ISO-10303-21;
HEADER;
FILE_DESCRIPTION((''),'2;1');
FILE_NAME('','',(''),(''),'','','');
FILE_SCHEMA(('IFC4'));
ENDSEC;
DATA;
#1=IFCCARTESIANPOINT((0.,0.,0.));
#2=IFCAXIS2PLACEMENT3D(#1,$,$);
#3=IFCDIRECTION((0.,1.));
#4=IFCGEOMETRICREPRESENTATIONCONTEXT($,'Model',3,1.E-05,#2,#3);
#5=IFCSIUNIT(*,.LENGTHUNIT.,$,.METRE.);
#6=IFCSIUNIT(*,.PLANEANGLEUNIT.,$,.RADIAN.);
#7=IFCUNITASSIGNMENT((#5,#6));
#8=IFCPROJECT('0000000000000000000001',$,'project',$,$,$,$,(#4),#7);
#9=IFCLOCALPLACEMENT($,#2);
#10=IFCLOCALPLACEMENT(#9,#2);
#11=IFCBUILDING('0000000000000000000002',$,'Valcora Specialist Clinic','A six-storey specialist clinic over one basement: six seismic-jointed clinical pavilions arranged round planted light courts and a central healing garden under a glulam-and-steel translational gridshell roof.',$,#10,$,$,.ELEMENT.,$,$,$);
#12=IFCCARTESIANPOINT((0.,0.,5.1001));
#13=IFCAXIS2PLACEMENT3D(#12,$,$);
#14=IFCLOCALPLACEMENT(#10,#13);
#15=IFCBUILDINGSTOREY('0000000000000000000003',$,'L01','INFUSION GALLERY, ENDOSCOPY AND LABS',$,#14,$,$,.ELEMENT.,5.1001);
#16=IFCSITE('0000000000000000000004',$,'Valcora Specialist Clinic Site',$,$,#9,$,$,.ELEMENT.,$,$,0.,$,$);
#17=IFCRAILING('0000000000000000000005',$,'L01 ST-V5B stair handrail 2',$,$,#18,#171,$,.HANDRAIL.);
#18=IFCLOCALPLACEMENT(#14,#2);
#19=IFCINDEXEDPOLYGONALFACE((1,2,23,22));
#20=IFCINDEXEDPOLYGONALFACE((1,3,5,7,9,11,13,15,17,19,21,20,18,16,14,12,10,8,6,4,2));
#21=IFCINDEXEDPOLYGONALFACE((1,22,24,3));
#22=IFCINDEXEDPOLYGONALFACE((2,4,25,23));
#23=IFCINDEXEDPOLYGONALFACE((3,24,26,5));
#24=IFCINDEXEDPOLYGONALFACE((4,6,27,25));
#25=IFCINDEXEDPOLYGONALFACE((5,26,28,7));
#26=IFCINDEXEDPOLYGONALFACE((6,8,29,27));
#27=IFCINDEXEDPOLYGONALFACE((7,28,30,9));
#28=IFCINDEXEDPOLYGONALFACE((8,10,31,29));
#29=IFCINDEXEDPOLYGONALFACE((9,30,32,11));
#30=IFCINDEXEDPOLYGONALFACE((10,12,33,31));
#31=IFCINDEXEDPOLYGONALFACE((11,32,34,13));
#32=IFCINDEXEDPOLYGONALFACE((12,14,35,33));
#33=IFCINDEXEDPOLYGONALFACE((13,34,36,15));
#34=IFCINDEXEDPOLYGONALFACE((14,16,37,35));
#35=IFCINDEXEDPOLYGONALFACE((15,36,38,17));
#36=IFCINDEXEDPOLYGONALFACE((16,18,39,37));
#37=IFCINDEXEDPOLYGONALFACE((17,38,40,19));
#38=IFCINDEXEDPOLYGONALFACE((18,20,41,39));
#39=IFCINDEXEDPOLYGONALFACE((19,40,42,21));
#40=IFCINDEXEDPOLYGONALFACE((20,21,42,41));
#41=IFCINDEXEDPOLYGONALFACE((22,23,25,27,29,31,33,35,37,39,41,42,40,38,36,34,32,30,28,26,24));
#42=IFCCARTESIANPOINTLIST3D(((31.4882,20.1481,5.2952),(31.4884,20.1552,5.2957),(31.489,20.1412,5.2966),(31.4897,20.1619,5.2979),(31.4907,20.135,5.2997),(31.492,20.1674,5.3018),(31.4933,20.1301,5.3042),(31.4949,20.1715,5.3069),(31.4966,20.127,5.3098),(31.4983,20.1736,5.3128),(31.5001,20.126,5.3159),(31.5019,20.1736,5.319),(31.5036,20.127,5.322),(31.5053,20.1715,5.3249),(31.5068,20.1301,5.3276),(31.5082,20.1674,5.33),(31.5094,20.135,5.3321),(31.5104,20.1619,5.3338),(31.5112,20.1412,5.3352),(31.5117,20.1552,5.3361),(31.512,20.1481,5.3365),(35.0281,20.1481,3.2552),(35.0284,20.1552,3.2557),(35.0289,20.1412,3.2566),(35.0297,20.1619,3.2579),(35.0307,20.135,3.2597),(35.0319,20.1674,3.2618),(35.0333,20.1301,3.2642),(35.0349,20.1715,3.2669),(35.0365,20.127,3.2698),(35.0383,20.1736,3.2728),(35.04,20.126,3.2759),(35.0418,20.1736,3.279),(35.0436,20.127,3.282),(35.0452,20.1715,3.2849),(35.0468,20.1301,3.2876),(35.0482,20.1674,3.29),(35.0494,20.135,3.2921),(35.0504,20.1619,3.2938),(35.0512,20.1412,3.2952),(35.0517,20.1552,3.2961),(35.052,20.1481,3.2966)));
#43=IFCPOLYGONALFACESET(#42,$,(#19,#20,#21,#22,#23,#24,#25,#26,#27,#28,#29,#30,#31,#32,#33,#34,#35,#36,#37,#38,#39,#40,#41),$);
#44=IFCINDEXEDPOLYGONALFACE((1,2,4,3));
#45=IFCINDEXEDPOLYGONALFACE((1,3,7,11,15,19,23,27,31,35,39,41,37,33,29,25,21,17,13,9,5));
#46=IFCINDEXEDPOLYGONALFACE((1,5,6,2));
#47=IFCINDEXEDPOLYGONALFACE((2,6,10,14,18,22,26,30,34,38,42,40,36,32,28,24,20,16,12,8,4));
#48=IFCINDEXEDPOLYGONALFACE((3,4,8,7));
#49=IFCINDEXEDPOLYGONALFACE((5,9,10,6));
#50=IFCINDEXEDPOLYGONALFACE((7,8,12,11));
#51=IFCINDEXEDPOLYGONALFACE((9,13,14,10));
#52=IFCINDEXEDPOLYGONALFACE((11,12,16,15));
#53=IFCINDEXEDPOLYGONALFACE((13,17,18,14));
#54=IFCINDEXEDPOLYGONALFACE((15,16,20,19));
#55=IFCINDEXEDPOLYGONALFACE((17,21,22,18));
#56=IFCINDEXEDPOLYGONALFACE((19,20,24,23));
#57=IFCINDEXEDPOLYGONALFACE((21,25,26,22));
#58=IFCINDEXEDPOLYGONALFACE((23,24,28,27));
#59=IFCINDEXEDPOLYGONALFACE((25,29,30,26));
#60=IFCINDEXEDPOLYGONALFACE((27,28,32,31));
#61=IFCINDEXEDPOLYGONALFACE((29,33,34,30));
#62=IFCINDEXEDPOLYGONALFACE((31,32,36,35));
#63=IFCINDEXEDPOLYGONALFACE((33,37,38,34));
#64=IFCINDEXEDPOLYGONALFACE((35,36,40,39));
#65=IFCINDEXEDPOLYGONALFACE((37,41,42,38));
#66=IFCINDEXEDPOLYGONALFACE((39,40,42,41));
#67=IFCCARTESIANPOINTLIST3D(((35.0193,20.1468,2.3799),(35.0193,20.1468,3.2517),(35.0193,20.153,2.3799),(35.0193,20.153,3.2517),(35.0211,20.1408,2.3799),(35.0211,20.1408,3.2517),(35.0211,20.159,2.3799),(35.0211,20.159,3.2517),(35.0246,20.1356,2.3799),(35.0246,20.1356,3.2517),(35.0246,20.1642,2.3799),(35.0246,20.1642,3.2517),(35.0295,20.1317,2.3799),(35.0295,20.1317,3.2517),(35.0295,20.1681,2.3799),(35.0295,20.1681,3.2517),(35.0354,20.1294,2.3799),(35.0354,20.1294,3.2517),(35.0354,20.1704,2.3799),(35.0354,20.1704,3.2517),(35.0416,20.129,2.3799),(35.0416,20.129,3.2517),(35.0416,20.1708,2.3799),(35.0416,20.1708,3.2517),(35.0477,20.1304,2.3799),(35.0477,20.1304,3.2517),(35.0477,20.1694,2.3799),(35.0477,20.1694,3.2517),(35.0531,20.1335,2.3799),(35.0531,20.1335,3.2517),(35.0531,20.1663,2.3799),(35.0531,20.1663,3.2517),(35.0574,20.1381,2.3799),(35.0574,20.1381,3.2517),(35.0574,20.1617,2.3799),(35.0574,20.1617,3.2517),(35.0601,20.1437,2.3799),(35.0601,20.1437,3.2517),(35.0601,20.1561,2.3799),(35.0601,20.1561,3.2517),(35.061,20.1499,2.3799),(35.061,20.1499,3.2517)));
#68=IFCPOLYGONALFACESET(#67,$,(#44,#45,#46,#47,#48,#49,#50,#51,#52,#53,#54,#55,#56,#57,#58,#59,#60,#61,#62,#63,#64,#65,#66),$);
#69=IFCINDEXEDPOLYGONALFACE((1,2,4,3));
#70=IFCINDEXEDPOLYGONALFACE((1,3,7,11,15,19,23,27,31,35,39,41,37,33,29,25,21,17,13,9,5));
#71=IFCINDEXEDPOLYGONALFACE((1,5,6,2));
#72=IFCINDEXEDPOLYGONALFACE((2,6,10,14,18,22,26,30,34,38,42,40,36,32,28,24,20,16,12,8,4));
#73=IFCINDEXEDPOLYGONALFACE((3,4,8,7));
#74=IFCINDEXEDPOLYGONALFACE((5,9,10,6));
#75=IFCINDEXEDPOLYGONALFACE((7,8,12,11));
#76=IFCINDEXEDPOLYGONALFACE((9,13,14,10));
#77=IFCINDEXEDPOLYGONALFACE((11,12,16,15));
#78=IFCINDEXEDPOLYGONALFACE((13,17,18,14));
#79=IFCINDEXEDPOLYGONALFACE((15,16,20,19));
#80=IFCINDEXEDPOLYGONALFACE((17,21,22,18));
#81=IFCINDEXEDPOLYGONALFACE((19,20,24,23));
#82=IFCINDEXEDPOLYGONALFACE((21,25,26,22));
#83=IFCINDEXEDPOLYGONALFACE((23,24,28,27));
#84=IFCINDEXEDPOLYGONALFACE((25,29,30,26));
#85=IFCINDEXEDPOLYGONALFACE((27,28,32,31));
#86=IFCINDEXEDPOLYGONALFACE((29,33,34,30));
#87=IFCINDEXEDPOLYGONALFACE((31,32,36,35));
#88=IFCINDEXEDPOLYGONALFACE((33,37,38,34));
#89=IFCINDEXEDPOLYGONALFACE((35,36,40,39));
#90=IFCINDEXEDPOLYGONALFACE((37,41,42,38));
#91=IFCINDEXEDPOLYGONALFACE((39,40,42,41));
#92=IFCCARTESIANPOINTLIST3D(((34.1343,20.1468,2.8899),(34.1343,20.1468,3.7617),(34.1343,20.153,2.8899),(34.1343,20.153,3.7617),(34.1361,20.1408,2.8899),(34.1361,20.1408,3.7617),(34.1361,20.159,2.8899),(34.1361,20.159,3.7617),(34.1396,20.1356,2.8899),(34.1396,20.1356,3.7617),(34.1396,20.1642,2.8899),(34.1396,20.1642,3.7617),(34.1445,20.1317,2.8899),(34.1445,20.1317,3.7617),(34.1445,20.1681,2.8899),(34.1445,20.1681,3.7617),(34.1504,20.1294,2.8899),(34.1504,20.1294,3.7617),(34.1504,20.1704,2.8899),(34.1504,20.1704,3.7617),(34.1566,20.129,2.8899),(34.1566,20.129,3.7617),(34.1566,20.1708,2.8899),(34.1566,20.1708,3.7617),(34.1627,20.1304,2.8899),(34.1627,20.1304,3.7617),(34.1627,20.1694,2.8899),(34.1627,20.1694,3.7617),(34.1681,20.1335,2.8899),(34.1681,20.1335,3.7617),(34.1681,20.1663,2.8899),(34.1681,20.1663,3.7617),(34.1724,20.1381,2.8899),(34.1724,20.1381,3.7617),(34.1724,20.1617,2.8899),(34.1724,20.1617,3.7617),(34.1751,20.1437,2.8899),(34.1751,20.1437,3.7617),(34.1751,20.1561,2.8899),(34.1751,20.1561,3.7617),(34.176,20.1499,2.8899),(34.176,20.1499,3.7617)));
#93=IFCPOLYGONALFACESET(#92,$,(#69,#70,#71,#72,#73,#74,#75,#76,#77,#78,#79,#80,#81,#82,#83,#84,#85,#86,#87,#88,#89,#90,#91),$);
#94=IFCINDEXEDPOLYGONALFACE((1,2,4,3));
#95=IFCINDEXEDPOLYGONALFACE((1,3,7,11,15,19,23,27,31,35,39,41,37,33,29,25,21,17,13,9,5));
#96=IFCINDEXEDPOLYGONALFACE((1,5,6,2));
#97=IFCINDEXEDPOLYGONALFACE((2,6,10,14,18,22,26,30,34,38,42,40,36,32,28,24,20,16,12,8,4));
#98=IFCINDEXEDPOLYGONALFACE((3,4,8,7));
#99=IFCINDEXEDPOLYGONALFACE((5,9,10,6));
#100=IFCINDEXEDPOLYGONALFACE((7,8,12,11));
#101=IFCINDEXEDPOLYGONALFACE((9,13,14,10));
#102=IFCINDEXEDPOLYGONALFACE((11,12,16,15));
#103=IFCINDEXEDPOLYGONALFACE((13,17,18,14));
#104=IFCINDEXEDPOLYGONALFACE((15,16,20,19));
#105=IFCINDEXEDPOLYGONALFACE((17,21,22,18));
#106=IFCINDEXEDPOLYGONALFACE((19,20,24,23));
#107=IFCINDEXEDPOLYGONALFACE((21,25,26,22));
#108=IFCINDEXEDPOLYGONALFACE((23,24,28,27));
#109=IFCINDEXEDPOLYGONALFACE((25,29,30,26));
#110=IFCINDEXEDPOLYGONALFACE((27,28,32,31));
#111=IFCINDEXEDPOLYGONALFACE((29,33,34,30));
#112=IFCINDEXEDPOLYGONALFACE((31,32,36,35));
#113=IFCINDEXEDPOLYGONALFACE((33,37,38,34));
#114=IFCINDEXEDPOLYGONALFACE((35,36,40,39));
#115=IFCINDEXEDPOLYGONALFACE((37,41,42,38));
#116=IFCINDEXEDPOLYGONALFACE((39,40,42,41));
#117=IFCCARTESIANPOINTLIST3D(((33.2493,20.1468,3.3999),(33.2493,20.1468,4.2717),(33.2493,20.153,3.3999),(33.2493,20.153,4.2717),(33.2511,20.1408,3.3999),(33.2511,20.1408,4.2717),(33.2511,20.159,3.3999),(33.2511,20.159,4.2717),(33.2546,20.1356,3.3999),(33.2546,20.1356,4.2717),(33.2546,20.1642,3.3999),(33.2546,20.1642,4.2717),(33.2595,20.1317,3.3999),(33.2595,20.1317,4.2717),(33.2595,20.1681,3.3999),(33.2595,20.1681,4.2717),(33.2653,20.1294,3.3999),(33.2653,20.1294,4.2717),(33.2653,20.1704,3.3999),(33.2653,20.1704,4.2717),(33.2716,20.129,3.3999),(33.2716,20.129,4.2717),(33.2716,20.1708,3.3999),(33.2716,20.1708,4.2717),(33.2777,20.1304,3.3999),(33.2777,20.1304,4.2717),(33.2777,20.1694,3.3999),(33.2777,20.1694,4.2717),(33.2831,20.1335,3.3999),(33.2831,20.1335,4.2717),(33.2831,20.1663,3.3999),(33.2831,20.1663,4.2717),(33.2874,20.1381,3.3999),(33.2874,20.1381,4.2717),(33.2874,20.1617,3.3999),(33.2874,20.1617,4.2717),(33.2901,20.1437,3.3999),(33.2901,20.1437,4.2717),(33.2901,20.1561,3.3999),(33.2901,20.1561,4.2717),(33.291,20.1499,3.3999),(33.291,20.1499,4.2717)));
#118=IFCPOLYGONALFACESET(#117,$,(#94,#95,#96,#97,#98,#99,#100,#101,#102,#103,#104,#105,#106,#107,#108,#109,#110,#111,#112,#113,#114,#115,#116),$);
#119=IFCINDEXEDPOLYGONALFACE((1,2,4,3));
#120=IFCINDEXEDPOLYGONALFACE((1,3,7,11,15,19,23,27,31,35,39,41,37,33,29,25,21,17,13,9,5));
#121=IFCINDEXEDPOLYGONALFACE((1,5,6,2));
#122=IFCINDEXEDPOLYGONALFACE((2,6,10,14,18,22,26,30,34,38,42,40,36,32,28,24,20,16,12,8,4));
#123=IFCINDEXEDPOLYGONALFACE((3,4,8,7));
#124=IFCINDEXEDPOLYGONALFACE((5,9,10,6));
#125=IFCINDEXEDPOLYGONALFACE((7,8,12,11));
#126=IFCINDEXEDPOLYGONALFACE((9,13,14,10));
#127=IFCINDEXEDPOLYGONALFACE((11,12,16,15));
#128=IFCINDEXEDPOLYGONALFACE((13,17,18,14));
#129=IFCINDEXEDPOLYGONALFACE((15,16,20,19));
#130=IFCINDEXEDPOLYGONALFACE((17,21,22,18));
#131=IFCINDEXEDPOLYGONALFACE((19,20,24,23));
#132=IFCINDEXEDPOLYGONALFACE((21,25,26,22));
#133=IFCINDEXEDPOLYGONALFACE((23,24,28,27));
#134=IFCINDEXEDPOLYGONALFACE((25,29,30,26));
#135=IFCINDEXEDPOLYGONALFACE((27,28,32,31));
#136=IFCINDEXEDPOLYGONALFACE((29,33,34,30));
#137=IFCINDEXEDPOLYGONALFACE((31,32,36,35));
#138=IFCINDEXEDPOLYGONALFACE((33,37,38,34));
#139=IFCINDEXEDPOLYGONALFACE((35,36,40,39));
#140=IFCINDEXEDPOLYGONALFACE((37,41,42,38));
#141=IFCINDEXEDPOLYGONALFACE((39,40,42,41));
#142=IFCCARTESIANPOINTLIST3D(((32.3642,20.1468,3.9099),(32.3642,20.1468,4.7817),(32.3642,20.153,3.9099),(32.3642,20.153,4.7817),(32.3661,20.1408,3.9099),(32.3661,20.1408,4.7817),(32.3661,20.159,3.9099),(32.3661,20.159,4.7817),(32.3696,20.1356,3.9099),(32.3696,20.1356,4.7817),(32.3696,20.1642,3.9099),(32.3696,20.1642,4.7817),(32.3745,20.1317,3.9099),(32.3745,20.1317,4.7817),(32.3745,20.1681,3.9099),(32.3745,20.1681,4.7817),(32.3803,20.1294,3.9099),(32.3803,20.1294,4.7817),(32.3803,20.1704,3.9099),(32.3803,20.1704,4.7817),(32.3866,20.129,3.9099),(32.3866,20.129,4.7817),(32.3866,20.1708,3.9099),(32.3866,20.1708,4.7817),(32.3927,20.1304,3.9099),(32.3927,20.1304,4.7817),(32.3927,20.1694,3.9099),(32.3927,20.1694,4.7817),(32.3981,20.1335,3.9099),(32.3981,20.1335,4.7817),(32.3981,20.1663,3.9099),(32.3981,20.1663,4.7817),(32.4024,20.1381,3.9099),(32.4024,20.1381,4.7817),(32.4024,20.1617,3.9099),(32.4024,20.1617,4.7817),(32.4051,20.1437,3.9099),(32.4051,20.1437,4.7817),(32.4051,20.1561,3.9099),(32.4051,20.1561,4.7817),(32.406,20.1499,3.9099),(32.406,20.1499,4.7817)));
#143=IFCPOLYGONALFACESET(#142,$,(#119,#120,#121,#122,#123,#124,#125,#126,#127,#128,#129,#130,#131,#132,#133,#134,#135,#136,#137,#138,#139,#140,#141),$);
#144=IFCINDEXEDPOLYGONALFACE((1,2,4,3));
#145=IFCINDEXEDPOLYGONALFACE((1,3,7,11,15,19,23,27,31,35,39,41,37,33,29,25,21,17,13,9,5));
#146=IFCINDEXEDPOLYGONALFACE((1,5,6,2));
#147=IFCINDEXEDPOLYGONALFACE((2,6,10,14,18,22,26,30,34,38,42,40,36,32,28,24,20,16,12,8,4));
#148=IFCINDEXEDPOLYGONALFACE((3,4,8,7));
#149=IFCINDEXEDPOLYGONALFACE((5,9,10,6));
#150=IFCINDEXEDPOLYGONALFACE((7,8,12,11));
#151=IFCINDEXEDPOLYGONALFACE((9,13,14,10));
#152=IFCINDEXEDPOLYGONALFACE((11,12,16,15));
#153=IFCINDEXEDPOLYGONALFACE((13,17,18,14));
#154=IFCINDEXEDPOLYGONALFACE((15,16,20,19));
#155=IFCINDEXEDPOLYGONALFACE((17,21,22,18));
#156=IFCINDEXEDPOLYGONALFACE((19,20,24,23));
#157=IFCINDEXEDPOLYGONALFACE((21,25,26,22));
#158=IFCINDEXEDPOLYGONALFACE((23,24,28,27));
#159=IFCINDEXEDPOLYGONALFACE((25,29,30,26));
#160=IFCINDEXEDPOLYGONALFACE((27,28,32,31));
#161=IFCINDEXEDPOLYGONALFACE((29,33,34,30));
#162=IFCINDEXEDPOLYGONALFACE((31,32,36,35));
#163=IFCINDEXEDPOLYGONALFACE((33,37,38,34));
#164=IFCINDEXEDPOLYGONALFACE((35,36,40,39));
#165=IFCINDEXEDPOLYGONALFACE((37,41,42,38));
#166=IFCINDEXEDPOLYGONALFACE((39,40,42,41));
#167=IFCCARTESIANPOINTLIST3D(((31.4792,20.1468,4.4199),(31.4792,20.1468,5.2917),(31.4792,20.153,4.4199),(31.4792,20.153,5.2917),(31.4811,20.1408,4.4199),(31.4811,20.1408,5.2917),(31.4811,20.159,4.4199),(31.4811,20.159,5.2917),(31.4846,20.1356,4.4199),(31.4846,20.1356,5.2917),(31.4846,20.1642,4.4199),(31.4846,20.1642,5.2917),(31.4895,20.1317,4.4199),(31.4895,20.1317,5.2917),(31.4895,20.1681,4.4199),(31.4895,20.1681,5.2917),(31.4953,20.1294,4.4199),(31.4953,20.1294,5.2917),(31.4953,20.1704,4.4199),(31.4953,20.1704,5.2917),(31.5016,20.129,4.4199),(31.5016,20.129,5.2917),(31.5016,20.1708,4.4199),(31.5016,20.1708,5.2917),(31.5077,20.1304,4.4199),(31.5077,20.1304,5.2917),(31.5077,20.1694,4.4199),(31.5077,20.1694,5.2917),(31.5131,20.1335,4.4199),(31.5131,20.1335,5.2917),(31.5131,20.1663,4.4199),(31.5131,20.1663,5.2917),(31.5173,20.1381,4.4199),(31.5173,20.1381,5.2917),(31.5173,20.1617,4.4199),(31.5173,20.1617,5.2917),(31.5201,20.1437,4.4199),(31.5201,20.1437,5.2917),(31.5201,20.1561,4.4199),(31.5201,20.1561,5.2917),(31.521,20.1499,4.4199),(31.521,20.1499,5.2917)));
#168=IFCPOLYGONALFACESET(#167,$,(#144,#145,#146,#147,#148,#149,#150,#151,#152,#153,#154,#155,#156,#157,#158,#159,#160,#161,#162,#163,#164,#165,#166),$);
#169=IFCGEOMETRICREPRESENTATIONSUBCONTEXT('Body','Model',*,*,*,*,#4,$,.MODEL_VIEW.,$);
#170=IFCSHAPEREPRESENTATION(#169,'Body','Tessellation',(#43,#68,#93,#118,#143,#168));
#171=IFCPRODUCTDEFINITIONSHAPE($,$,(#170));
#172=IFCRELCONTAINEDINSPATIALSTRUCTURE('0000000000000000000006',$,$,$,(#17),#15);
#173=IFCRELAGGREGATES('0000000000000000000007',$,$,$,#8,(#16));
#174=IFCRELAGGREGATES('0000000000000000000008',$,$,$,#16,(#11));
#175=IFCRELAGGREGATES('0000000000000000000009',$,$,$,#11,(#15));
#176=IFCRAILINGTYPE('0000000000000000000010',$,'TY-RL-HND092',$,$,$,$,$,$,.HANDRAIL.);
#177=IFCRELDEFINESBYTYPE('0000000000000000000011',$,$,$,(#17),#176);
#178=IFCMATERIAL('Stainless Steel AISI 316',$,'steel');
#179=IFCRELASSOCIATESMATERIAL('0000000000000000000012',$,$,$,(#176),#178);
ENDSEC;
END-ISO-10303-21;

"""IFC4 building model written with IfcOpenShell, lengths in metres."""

from ifc_helpers import new_model, si_unit, direction, frame, origin, origin_2d, place, context, subcontext, project, spatial, circle, extrude, material, type_object, element, save


model = new_model("IFC4")

# Units and contexts
model_context = context("Model", 3, precision=1e-05, world=origin(), true_north=direction((0.0, 1.0)))
body_context = subcontext(model_context, "Body", "Model", "MODEL_VIEW")
ifc_project = project(units=[si_unit("LENGTHUNIT", "METRE"), si_unit("PLANEANGLEUNIT", "RADIAN")], contexts=[model_context])

# Site, building, storey
site_placement = place(None, origin())
site = spatial("IfcSite", under=ifc_project, at=site_placement, Name="Valcora Specialist Clinic Site", CompositionType="ELEMENT", RefElevation=0.0)
building_placement = place(site_placement, origin())
building = spatial("IfcBuilding", under=site, at=building_placement, Name="Valcora Specialist Clinic", Description="A six-storey specialist clinic over one basement: six seismic-jointed clinical pavilions arranged round planted light courts and a central healing garden under a glulam-and-steel translational gridshell roof.", CompositionType="ELEMENT")
storey_placement = place(building_placement, frame((0.0, 0.0, 5.1001)))
storey = spatial("IfcBuildingStorey", under=building, at=storey_placement, Name="L01", Description="INFUSION GALLERY, ENDOSCOPY AND LABS", CompositionType="ELEMENT", Elevation=5.1001)

# Shared definitions
ifc_material_1 = material(Name="Stainless Steel AISI 316", Category="steel")

# Railing
railing_type_1 = type_object("IfcRailingType", Name="TY-RL-HND092", PredefinedType="HANDRAIL", material=ifc_material_1)
railing_1_placement = place(storey_placement, frame((35.04, 20.1499, 2.3799)))
element("IfcRailing", 1, at=railing_1_placement, inside=storey, type_object=railing_type_1, Name="L01 ST-V5B stair handrail 2", PredefinedType="HANDRAIL", context=body_context, shape_type="SweptSolid", body=[
    extrude(circle(Radius=0.0239, at=origin_2d()), frame((0.0, 0.0, 0.896), z_axis=(-0.866428, 0.0, 0.499302), x_axis=(0.0, -1.0, 0.0)), (0.0, 0.0, 1.0), 4.0857),
    extrude(circle(Radius=0.021, at=origin_2d()), origin(), (0.0, 0.0, 1.0), 0.8718),
    extrude(circle(Radius=0.021, at=origin_2d()), frame((-0.885, 0.0, 0.51)), (0.0, 0.0, 1.0), 0.8718),
    extrude(circle(Radius=0.021, at=origin_2d()), frame((-1.77, 0.0, 1.02)), (0.0, 0.0, 1.0), 0.8718),
    extrude(circle(Radius=0.021, at=origin_2d()), frame((-2.655, 0.0, 1.53)), (0.0, 0.0, 1.0), 0.8718),
    extrude(circle(Radius=0.021, at=origin_2d()), frame((-3.54, 0.0, 2.04)), (0.0, 0.0, 1.0), 0.8718),
])

save(model, "model.ifc")
